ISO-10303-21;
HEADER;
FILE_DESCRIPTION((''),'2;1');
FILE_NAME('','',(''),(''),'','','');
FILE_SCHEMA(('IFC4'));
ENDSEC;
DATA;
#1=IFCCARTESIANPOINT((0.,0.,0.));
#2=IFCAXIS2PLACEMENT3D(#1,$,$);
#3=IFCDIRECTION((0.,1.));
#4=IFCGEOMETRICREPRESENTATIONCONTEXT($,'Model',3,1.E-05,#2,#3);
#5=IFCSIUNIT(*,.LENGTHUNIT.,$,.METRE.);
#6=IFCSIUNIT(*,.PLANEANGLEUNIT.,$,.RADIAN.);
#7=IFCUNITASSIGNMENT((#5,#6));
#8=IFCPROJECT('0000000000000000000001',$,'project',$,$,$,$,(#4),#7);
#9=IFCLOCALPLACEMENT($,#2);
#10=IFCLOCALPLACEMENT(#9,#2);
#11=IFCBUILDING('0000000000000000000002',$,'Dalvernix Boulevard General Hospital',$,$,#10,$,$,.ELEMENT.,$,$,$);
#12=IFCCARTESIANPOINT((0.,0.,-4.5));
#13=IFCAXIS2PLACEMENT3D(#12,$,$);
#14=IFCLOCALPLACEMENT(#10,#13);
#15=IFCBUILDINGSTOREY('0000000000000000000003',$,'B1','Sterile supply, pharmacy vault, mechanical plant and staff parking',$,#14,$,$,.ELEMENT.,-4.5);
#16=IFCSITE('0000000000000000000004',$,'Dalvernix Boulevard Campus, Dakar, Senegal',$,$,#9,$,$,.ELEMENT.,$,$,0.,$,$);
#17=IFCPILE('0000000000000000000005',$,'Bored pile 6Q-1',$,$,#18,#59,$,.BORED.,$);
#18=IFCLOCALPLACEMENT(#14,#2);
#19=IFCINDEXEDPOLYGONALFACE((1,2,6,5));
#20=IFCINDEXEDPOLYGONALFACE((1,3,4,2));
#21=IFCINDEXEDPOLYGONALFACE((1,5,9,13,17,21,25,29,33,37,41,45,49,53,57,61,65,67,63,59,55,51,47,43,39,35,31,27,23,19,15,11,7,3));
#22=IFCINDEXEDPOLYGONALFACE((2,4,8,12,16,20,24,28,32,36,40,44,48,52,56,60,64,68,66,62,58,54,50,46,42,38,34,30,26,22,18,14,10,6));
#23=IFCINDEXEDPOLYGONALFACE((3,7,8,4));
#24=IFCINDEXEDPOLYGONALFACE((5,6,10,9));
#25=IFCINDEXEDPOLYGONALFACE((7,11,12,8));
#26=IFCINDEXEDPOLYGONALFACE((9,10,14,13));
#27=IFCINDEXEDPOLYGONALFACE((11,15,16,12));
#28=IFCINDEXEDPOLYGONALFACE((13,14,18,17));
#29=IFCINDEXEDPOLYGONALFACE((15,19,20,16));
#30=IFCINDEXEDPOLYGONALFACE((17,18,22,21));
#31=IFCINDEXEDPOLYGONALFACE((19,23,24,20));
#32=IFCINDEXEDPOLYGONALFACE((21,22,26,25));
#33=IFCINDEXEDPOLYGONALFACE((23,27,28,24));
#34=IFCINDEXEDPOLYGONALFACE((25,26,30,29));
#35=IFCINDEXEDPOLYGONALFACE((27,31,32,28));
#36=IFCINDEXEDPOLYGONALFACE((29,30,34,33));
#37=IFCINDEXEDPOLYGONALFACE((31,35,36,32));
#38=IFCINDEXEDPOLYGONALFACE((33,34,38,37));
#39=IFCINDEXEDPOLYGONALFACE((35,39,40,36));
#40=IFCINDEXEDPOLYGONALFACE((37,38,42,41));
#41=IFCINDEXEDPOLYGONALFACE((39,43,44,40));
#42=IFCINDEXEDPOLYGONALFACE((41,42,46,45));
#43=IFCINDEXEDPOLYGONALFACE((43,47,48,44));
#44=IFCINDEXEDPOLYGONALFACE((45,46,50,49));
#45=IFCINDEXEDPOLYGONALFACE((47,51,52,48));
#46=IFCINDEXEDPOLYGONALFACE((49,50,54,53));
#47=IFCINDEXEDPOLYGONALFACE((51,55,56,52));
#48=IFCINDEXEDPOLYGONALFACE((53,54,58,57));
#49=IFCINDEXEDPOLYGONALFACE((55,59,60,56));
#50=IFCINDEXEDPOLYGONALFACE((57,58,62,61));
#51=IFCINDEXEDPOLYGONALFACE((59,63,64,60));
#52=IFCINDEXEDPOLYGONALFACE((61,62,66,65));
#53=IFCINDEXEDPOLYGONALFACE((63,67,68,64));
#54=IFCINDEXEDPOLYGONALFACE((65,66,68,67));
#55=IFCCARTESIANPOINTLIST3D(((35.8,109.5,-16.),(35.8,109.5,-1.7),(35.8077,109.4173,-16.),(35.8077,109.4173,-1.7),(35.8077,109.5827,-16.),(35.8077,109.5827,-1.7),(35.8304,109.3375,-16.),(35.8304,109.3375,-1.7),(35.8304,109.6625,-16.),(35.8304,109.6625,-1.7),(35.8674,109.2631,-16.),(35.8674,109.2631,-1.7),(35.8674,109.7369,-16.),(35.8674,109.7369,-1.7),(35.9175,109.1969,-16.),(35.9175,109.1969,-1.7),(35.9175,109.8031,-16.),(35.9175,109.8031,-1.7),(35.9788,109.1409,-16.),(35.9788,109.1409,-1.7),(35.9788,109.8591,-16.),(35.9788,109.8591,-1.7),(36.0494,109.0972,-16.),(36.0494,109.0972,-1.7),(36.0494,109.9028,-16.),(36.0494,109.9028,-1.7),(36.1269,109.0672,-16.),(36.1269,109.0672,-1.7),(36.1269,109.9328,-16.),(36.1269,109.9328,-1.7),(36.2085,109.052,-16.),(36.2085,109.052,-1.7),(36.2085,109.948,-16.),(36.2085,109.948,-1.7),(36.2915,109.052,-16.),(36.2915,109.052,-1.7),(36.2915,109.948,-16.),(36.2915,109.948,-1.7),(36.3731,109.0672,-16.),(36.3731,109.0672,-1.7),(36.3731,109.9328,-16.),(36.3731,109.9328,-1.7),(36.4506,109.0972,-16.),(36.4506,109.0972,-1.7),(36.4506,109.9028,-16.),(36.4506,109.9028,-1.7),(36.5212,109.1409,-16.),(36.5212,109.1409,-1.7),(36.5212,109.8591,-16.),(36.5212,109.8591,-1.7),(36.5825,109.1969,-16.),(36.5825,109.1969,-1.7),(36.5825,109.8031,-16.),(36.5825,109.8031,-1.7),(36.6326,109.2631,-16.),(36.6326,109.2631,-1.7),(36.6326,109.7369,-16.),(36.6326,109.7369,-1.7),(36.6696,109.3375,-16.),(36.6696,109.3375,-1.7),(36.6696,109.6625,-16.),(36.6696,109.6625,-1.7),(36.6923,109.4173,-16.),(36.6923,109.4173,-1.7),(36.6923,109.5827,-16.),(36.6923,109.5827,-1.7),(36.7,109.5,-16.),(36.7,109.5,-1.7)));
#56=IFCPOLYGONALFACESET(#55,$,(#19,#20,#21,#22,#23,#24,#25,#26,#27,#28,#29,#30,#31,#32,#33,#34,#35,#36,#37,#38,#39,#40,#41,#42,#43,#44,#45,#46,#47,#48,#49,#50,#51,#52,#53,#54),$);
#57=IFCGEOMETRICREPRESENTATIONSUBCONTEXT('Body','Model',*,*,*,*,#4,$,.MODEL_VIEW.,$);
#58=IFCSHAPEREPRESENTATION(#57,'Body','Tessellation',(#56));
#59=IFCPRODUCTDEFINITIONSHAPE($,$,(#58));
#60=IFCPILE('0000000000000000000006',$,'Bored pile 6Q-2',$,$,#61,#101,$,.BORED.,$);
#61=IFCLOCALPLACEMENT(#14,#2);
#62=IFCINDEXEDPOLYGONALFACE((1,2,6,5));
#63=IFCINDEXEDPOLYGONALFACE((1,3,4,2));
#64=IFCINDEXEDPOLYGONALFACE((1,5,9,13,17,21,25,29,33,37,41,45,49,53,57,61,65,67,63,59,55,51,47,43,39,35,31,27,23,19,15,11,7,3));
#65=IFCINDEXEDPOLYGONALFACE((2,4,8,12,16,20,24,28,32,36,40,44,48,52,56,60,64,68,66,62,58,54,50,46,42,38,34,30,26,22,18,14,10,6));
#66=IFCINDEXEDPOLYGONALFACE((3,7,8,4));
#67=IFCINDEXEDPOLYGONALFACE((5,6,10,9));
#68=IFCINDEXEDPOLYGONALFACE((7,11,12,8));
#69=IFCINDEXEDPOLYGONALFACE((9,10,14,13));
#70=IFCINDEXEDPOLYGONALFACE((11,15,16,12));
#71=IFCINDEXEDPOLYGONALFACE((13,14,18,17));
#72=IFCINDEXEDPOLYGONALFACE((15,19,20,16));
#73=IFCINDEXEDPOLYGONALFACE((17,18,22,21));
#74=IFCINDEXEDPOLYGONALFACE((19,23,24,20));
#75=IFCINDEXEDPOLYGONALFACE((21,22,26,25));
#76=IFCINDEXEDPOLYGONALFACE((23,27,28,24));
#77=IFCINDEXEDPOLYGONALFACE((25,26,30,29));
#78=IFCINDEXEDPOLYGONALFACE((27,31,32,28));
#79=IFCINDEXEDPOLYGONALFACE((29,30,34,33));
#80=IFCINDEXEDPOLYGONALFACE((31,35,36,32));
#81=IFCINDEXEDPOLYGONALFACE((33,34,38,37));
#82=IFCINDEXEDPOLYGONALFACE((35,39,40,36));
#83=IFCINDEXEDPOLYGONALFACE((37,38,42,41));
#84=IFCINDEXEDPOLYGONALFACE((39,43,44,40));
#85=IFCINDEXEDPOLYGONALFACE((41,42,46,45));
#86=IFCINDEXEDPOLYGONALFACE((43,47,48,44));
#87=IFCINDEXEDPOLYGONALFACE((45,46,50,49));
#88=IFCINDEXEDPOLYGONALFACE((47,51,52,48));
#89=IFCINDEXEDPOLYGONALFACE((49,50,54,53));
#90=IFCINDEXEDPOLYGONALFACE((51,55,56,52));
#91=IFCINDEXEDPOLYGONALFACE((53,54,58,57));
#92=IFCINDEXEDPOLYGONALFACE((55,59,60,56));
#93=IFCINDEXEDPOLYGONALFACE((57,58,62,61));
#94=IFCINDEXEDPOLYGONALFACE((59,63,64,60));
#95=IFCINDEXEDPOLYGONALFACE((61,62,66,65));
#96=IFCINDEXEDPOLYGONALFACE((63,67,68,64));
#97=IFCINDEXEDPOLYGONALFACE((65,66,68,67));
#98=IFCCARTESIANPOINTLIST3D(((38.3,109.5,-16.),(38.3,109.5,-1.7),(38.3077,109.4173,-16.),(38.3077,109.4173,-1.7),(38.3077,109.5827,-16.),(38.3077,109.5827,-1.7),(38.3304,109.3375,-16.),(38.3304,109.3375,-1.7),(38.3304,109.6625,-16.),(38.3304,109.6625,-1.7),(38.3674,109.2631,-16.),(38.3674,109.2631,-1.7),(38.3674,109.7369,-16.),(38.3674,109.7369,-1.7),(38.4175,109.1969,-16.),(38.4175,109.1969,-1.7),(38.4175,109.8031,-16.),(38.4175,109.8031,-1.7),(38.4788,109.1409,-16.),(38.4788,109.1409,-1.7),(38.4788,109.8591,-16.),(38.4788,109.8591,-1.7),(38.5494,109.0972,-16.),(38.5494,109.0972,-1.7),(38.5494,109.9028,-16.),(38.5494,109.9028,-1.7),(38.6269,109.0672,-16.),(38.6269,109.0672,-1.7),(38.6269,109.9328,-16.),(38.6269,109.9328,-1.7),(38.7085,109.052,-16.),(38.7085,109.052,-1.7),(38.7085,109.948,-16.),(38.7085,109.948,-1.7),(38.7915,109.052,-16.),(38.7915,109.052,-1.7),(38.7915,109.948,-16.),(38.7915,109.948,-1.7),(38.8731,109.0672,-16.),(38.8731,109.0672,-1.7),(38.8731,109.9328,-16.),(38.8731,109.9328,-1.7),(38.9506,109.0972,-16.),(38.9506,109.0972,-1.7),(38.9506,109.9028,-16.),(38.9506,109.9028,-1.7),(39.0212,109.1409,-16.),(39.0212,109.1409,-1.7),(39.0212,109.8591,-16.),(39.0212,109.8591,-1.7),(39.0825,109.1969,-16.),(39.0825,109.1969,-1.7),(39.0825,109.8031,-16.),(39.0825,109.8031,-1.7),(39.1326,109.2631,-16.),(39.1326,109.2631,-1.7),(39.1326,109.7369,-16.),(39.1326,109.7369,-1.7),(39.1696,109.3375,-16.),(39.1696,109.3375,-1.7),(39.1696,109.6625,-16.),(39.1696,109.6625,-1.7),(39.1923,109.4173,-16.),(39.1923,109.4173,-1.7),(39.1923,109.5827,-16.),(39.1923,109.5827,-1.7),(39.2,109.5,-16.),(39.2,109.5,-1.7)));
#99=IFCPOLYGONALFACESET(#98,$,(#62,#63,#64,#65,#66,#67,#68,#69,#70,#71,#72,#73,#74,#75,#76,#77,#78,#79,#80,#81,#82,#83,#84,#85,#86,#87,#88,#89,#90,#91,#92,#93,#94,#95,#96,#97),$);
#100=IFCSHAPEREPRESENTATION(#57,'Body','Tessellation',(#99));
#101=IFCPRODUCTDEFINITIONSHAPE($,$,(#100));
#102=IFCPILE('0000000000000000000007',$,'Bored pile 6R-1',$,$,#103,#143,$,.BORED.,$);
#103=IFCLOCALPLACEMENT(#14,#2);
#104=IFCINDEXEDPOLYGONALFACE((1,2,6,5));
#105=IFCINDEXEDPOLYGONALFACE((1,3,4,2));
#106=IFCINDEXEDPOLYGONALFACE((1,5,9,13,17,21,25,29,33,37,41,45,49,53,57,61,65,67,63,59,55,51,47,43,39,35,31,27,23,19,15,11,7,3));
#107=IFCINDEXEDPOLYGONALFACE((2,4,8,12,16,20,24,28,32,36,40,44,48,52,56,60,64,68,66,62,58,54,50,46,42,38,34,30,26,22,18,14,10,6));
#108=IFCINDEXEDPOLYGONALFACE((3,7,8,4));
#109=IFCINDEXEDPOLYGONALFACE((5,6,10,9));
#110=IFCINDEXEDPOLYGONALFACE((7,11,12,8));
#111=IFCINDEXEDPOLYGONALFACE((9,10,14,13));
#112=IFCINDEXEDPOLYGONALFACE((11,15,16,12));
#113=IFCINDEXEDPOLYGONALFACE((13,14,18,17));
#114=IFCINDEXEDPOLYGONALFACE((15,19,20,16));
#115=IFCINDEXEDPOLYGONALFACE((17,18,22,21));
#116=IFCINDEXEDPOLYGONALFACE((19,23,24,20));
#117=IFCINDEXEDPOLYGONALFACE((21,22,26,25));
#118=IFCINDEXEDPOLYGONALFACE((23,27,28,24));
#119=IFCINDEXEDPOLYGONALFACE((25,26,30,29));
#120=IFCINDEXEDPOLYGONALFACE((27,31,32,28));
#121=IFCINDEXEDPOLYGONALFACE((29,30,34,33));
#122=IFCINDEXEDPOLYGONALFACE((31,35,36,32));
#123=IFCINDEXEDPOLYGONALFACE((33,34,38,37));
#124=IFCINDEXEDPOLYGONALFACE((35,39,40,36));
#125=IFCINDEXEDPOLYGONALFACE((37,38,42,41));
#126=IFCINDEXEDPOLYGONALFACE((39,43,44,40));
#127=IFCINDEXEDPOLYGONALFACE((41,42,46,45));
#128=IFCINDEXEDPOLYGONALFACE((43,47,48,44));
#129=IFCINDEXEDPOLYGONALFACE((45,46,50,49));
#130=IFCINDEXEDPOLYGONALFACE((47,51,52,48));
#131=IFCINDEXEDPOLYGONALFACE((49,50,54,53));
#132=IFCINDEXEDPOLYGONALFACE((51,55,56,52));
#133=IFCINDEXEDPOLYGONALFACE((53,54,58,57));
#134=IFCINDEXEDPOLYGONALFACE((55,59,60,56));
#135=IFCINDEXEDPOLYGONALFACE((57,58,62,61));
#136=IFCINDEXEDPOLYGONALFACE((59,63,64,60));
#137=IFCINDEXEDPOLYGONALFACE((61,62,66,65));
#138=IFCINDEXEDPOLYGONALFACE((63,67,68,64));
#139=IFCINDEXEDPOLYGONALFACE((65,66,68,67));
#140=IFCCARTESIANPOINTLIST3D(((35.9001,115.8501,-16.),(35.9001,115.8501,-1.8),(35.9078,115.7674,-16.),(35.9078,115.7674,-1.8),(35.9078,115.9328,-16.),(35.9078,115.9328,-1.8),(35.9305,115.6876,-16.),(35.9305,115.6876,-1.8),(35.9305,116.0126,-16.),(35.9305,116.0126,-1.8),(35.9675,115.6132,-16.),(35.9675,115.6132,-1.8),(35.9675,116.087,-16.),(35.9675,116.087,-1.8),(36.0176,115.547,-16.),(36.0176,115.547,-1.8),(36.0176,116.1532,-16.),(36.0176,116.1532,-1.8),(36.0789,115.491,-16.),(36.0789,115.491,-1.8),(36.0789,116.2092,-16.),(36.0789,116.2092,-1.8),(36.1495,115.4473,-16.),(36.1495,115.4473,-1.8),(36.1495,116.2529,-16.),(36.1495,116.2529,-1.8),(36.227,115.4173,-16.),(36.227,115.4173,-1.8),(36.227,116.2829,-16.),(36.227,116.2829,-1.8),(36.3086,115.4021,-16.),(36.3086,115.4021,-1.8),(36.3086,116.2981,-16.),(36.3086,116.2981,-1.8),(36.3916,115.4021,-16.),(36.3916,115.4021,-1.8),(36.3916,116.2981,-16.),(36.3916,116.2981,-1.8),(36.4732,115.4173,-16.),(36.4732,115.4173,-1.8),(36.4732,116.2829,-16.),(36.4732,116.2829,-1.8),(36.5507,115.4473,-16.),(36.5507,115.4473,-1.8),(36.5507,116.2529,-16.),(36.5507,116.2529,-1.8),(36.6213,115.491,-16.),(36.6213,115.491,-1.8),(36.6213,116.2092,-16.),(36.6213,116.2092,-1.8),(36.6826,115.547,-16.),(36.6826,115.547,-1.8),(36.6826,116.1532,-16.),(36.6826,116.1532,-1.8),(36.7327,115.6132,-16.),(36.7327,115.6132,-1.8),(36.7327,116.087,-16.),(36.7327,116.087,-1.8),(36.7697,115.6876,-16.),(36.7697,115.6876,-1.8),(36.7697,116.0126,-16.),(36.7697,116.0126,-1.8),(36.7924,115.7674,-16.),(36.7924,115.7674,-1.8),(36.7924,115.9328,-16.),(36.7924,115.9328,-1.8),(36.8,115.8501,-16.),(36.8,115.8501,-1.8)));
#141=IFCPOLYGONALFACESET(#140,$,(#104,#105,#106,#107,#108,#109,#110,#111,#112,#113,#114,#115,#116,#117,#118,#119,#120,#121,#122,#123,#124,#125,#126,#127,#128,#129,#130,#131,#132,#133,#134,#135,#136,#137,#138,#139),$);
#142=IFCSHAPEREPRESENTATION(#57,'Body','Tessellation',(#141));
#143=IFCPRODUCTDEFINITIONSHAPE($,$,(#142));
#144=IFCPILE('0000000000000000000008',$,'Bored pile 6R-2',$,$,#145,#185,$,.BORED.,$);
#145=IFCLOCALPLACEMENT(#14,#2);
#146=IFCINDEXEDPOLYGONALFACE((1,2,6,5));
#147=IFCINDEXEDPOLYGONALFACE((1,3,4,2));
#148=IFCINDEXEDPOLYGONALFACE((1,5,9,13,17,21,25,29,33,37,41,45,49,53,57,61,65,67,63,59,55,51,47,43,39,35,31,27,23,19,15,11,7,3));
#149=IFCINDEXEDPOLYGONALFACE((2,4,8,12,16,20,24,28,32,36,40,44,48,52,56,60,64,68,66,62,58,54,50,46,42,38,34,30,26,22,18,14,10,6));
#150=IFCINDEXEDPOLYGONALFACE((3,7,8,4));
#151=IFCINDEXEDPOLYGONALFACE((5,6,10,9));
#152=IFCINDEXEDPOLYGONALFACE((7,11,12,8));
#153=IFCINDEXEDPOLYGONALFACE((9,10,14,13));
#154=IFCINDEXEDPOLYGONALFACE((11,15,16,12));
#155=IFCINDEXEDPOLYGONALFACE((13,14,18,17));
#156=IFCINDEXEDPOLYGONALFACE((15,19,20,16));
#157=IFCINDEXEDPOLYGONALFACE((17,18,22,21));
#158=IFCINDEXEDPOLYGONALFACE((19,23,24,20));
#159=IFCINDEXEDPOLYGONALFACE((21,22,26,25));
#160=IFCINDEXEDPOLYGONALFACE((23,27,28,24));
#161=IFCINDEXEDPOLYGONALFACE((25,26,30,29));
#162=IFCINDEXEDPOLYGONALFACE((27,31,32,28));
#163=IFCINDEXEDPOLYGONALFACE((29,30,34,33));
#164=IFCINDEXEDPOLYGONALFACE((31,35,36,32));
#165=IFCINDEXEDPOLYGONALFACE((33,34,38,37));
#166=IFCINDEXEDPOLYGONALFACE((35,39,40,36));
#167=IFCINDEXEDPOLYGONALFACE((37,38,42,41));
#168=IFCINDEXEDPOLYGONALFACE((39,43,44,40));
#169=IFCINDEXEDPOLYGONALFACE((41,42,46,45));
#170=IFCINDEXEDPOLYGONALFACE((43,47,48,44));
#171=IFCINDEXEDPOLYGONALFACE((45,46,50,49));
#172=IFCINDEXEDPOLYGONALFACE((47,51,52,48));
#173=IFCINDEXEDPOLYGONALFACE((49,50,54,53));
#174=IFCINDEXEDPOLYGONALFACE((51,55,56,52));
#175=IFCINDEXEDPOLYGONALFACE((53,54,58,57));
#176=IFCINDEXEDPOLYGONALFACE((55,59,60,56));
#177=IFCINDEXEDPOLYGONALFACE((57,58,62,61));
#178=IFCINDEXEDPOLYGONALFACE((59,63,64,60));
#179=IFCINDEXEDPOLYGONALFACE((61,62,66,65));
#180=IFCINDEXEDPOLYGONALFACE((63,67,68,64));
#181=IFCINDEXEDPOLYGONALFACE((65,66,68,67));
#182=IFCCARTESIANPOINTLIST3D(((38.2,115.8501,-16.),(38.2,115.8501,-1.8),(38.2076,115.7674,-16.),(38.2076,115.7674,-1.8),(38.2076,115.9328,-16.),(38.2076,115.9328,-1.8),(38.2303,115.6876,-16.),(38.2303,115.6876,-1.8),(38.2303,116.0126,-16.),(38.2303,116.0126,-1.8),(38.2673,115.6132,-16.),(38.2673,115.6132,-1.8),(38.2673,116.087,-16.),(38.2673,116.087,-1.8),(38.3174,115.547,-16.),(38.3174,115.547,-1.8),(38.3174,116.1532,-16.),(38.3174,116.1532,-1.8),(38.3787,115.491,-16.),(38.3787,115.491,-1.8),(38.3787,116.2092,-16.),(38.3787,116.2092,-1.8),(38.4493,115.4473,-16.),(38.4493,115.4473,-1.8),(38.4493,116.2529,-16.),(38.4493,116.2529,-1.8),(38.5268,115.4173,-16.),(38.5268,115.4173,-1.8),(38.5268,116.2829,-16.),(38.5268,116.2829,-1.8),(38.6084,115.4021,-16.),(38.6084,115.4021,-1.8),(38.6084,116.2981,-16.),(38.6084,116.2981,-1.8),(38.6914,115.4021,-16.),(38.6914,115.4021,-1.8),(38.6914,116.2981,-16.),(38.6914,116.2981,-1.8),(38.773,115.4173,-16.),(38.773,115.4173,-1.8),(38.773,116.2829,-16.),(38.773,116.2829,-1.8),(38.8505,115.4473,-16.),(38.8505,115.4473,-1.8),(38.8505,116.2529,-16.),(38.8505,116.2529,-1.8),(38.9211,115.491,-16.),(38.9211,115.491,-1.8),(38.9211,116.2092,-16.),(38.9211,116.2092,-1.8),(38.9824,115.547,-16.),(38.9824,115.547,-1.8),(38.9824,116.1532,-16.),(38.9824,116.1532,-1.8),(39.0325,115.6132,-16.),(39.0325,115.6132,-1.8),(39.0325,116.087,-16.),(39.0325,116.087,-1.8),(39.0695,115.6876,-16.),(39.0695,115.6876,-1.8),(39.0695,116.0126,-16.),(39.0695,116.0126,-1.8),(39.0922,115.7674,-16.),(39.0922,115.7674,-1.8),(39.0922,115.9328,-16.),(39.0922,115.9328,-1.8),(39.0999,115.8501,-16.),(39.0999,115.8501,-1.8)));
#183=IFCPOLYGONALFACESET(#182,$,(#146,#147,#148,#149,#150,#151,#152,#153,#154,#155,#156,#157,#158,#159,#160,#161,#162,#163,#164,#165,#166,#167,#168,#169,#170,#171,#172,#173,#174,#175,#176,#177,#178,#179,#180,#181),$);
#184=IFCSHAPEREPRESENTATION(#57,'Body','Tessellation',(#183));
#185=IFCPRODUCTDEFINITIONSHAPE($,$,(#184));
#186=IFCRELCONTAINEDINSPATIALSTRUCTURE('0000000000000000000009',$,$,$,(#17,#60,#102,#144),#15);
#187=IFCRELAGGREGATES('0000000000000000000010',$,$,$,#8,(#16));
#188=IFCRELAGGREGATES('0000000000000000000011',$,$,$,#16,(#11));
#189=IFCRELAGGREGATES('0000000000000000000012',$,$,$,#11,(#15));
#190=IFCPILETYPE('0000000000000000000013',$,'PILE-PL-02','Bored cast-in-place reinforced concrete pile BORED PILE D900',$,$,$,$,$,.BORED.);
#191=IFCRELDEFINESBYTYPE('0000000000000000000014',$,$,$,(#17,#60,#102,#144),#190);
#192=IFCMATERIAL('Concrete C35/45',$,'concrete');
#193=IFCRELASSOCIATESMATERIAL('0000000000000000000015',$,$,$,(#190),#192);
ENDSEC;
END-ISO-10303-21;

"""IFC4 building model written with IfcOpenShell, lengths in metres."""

from ifc_helpers import new_model, si_unit, direction, frame, origin, origin_2d, place, context, subcontext, project, spatial, circle, extrude, material, material_profile, profile_set, type_object, element, save


model = new_model("IFC4")

# Units and contexts
model_context = context("Model", 3, precision=1e-05, world=origin(), true_north=direction((0.0, 1.0)))
body_context = subcontext(model_context, "Body", "Model", "MODEL_VIEW")
ifc_project = project(units=[si_unit("LENGTHUNIT", "METRE"), si_unit("PLANEANGLEUNIT", "RADIAN")], contexts=[model_context])

# Site, building, storey
site_placement = place(None, origin())
site = spatial("IfcSite", under=ifc_project, at=site_placement, Name="Dalvernix Boulevard Campus, Dakar, Senegal", CompositionType="ELEMENT", RefElevation=0.0)
building_placement = place(site_placement, origin())
building = spatial("IfcBuilding", under=site, at=building_placement, Name="Dalvernix Boulevard General Hospital", CompositionType="ELEMENT")
storey_placement = place(building_placement, frame((0.0, 0.0, -4.5)))
storey = spatial("IfcBuildingStorey", under=building, at=storey_placement, Name="B1", Description="Sterile supply, pharmacy vault, mechanical plant and staff parking", CompositionType="ELEMENT", Elevation=-4.5)

# Shared definitions
ifc_material_1 = material(Name="Concrete C35/45", Category="concrete")

# Piles
ifc_material_profile_1 = material_profile(ifc_material_1, circle(Radius=0.45, at=origin_2d()), Name="BORED PILE D900")
ifc_profile_set_1 = profile_set([ifc_material_profile_1], Name="Concrete C35/45")
pile_type_1 = type_object("IfcPileType", Name="PILE-PL-02", Description="Bored cast-in-place reinforced concrete pile BORED PILE D900", PredefinedType="BORED", material=ifc_profile_set_1)
for number, where, z_axis, x_axis, name in (
    (1, (36.25, 109.5, -1.7), (0.0, 0.0, -1.0), (1.0, 0.0, 0.0), "Bored pile 6Q-1"),
    (2, (38.75, 109.5, -1.7), (0.0, 0.0, -1.0), (1.0, 0.0, 0.0), "Bored pile 6Q-2"),
):
    element("IfcPile", number, at=place(storey_placement, frame(where, z_axis=z_axis, x_axis=x_axis)), inside=storey, type_object=pile_type_1, Name=name, PredefinedType="BORED", context=body_context, shape_type="SweptSolid", body=[
        extrude(circle(Radius=0.45, at=origin_2d()), origin(), (0.0, 0.0, 1.0), 14.3),
    ])
for number, where, z_axis, x_axis, name in (
    (3, (36.3501, 115.8501, -1.8), (0.0, 0.0, -1.0), (1.0, 0.0, 0.0), "Bored pile 6R-1"),
    (4, (38.6499, 115.8501, -1.8), (0.0, 0.0, -1.0), (1.0, 0.0, 0.0), "Bored pile 6R-2"),
):
    element("IfcPile", number, at=place(storey_placement, frame(where, z_axis=z_axis, x_axis=x_axis)), inside=storey, type_object=pile_type_1, Name=name, PredefinedType="BORED", context=body_context, shape_type="SweptSolid", body=[
        extrude(circle(Radius=0.45, at=origin_2d()), origin(), (0.0, 0.0, 1.0), 14.2),
    ])

save(model, "model.ifc")
